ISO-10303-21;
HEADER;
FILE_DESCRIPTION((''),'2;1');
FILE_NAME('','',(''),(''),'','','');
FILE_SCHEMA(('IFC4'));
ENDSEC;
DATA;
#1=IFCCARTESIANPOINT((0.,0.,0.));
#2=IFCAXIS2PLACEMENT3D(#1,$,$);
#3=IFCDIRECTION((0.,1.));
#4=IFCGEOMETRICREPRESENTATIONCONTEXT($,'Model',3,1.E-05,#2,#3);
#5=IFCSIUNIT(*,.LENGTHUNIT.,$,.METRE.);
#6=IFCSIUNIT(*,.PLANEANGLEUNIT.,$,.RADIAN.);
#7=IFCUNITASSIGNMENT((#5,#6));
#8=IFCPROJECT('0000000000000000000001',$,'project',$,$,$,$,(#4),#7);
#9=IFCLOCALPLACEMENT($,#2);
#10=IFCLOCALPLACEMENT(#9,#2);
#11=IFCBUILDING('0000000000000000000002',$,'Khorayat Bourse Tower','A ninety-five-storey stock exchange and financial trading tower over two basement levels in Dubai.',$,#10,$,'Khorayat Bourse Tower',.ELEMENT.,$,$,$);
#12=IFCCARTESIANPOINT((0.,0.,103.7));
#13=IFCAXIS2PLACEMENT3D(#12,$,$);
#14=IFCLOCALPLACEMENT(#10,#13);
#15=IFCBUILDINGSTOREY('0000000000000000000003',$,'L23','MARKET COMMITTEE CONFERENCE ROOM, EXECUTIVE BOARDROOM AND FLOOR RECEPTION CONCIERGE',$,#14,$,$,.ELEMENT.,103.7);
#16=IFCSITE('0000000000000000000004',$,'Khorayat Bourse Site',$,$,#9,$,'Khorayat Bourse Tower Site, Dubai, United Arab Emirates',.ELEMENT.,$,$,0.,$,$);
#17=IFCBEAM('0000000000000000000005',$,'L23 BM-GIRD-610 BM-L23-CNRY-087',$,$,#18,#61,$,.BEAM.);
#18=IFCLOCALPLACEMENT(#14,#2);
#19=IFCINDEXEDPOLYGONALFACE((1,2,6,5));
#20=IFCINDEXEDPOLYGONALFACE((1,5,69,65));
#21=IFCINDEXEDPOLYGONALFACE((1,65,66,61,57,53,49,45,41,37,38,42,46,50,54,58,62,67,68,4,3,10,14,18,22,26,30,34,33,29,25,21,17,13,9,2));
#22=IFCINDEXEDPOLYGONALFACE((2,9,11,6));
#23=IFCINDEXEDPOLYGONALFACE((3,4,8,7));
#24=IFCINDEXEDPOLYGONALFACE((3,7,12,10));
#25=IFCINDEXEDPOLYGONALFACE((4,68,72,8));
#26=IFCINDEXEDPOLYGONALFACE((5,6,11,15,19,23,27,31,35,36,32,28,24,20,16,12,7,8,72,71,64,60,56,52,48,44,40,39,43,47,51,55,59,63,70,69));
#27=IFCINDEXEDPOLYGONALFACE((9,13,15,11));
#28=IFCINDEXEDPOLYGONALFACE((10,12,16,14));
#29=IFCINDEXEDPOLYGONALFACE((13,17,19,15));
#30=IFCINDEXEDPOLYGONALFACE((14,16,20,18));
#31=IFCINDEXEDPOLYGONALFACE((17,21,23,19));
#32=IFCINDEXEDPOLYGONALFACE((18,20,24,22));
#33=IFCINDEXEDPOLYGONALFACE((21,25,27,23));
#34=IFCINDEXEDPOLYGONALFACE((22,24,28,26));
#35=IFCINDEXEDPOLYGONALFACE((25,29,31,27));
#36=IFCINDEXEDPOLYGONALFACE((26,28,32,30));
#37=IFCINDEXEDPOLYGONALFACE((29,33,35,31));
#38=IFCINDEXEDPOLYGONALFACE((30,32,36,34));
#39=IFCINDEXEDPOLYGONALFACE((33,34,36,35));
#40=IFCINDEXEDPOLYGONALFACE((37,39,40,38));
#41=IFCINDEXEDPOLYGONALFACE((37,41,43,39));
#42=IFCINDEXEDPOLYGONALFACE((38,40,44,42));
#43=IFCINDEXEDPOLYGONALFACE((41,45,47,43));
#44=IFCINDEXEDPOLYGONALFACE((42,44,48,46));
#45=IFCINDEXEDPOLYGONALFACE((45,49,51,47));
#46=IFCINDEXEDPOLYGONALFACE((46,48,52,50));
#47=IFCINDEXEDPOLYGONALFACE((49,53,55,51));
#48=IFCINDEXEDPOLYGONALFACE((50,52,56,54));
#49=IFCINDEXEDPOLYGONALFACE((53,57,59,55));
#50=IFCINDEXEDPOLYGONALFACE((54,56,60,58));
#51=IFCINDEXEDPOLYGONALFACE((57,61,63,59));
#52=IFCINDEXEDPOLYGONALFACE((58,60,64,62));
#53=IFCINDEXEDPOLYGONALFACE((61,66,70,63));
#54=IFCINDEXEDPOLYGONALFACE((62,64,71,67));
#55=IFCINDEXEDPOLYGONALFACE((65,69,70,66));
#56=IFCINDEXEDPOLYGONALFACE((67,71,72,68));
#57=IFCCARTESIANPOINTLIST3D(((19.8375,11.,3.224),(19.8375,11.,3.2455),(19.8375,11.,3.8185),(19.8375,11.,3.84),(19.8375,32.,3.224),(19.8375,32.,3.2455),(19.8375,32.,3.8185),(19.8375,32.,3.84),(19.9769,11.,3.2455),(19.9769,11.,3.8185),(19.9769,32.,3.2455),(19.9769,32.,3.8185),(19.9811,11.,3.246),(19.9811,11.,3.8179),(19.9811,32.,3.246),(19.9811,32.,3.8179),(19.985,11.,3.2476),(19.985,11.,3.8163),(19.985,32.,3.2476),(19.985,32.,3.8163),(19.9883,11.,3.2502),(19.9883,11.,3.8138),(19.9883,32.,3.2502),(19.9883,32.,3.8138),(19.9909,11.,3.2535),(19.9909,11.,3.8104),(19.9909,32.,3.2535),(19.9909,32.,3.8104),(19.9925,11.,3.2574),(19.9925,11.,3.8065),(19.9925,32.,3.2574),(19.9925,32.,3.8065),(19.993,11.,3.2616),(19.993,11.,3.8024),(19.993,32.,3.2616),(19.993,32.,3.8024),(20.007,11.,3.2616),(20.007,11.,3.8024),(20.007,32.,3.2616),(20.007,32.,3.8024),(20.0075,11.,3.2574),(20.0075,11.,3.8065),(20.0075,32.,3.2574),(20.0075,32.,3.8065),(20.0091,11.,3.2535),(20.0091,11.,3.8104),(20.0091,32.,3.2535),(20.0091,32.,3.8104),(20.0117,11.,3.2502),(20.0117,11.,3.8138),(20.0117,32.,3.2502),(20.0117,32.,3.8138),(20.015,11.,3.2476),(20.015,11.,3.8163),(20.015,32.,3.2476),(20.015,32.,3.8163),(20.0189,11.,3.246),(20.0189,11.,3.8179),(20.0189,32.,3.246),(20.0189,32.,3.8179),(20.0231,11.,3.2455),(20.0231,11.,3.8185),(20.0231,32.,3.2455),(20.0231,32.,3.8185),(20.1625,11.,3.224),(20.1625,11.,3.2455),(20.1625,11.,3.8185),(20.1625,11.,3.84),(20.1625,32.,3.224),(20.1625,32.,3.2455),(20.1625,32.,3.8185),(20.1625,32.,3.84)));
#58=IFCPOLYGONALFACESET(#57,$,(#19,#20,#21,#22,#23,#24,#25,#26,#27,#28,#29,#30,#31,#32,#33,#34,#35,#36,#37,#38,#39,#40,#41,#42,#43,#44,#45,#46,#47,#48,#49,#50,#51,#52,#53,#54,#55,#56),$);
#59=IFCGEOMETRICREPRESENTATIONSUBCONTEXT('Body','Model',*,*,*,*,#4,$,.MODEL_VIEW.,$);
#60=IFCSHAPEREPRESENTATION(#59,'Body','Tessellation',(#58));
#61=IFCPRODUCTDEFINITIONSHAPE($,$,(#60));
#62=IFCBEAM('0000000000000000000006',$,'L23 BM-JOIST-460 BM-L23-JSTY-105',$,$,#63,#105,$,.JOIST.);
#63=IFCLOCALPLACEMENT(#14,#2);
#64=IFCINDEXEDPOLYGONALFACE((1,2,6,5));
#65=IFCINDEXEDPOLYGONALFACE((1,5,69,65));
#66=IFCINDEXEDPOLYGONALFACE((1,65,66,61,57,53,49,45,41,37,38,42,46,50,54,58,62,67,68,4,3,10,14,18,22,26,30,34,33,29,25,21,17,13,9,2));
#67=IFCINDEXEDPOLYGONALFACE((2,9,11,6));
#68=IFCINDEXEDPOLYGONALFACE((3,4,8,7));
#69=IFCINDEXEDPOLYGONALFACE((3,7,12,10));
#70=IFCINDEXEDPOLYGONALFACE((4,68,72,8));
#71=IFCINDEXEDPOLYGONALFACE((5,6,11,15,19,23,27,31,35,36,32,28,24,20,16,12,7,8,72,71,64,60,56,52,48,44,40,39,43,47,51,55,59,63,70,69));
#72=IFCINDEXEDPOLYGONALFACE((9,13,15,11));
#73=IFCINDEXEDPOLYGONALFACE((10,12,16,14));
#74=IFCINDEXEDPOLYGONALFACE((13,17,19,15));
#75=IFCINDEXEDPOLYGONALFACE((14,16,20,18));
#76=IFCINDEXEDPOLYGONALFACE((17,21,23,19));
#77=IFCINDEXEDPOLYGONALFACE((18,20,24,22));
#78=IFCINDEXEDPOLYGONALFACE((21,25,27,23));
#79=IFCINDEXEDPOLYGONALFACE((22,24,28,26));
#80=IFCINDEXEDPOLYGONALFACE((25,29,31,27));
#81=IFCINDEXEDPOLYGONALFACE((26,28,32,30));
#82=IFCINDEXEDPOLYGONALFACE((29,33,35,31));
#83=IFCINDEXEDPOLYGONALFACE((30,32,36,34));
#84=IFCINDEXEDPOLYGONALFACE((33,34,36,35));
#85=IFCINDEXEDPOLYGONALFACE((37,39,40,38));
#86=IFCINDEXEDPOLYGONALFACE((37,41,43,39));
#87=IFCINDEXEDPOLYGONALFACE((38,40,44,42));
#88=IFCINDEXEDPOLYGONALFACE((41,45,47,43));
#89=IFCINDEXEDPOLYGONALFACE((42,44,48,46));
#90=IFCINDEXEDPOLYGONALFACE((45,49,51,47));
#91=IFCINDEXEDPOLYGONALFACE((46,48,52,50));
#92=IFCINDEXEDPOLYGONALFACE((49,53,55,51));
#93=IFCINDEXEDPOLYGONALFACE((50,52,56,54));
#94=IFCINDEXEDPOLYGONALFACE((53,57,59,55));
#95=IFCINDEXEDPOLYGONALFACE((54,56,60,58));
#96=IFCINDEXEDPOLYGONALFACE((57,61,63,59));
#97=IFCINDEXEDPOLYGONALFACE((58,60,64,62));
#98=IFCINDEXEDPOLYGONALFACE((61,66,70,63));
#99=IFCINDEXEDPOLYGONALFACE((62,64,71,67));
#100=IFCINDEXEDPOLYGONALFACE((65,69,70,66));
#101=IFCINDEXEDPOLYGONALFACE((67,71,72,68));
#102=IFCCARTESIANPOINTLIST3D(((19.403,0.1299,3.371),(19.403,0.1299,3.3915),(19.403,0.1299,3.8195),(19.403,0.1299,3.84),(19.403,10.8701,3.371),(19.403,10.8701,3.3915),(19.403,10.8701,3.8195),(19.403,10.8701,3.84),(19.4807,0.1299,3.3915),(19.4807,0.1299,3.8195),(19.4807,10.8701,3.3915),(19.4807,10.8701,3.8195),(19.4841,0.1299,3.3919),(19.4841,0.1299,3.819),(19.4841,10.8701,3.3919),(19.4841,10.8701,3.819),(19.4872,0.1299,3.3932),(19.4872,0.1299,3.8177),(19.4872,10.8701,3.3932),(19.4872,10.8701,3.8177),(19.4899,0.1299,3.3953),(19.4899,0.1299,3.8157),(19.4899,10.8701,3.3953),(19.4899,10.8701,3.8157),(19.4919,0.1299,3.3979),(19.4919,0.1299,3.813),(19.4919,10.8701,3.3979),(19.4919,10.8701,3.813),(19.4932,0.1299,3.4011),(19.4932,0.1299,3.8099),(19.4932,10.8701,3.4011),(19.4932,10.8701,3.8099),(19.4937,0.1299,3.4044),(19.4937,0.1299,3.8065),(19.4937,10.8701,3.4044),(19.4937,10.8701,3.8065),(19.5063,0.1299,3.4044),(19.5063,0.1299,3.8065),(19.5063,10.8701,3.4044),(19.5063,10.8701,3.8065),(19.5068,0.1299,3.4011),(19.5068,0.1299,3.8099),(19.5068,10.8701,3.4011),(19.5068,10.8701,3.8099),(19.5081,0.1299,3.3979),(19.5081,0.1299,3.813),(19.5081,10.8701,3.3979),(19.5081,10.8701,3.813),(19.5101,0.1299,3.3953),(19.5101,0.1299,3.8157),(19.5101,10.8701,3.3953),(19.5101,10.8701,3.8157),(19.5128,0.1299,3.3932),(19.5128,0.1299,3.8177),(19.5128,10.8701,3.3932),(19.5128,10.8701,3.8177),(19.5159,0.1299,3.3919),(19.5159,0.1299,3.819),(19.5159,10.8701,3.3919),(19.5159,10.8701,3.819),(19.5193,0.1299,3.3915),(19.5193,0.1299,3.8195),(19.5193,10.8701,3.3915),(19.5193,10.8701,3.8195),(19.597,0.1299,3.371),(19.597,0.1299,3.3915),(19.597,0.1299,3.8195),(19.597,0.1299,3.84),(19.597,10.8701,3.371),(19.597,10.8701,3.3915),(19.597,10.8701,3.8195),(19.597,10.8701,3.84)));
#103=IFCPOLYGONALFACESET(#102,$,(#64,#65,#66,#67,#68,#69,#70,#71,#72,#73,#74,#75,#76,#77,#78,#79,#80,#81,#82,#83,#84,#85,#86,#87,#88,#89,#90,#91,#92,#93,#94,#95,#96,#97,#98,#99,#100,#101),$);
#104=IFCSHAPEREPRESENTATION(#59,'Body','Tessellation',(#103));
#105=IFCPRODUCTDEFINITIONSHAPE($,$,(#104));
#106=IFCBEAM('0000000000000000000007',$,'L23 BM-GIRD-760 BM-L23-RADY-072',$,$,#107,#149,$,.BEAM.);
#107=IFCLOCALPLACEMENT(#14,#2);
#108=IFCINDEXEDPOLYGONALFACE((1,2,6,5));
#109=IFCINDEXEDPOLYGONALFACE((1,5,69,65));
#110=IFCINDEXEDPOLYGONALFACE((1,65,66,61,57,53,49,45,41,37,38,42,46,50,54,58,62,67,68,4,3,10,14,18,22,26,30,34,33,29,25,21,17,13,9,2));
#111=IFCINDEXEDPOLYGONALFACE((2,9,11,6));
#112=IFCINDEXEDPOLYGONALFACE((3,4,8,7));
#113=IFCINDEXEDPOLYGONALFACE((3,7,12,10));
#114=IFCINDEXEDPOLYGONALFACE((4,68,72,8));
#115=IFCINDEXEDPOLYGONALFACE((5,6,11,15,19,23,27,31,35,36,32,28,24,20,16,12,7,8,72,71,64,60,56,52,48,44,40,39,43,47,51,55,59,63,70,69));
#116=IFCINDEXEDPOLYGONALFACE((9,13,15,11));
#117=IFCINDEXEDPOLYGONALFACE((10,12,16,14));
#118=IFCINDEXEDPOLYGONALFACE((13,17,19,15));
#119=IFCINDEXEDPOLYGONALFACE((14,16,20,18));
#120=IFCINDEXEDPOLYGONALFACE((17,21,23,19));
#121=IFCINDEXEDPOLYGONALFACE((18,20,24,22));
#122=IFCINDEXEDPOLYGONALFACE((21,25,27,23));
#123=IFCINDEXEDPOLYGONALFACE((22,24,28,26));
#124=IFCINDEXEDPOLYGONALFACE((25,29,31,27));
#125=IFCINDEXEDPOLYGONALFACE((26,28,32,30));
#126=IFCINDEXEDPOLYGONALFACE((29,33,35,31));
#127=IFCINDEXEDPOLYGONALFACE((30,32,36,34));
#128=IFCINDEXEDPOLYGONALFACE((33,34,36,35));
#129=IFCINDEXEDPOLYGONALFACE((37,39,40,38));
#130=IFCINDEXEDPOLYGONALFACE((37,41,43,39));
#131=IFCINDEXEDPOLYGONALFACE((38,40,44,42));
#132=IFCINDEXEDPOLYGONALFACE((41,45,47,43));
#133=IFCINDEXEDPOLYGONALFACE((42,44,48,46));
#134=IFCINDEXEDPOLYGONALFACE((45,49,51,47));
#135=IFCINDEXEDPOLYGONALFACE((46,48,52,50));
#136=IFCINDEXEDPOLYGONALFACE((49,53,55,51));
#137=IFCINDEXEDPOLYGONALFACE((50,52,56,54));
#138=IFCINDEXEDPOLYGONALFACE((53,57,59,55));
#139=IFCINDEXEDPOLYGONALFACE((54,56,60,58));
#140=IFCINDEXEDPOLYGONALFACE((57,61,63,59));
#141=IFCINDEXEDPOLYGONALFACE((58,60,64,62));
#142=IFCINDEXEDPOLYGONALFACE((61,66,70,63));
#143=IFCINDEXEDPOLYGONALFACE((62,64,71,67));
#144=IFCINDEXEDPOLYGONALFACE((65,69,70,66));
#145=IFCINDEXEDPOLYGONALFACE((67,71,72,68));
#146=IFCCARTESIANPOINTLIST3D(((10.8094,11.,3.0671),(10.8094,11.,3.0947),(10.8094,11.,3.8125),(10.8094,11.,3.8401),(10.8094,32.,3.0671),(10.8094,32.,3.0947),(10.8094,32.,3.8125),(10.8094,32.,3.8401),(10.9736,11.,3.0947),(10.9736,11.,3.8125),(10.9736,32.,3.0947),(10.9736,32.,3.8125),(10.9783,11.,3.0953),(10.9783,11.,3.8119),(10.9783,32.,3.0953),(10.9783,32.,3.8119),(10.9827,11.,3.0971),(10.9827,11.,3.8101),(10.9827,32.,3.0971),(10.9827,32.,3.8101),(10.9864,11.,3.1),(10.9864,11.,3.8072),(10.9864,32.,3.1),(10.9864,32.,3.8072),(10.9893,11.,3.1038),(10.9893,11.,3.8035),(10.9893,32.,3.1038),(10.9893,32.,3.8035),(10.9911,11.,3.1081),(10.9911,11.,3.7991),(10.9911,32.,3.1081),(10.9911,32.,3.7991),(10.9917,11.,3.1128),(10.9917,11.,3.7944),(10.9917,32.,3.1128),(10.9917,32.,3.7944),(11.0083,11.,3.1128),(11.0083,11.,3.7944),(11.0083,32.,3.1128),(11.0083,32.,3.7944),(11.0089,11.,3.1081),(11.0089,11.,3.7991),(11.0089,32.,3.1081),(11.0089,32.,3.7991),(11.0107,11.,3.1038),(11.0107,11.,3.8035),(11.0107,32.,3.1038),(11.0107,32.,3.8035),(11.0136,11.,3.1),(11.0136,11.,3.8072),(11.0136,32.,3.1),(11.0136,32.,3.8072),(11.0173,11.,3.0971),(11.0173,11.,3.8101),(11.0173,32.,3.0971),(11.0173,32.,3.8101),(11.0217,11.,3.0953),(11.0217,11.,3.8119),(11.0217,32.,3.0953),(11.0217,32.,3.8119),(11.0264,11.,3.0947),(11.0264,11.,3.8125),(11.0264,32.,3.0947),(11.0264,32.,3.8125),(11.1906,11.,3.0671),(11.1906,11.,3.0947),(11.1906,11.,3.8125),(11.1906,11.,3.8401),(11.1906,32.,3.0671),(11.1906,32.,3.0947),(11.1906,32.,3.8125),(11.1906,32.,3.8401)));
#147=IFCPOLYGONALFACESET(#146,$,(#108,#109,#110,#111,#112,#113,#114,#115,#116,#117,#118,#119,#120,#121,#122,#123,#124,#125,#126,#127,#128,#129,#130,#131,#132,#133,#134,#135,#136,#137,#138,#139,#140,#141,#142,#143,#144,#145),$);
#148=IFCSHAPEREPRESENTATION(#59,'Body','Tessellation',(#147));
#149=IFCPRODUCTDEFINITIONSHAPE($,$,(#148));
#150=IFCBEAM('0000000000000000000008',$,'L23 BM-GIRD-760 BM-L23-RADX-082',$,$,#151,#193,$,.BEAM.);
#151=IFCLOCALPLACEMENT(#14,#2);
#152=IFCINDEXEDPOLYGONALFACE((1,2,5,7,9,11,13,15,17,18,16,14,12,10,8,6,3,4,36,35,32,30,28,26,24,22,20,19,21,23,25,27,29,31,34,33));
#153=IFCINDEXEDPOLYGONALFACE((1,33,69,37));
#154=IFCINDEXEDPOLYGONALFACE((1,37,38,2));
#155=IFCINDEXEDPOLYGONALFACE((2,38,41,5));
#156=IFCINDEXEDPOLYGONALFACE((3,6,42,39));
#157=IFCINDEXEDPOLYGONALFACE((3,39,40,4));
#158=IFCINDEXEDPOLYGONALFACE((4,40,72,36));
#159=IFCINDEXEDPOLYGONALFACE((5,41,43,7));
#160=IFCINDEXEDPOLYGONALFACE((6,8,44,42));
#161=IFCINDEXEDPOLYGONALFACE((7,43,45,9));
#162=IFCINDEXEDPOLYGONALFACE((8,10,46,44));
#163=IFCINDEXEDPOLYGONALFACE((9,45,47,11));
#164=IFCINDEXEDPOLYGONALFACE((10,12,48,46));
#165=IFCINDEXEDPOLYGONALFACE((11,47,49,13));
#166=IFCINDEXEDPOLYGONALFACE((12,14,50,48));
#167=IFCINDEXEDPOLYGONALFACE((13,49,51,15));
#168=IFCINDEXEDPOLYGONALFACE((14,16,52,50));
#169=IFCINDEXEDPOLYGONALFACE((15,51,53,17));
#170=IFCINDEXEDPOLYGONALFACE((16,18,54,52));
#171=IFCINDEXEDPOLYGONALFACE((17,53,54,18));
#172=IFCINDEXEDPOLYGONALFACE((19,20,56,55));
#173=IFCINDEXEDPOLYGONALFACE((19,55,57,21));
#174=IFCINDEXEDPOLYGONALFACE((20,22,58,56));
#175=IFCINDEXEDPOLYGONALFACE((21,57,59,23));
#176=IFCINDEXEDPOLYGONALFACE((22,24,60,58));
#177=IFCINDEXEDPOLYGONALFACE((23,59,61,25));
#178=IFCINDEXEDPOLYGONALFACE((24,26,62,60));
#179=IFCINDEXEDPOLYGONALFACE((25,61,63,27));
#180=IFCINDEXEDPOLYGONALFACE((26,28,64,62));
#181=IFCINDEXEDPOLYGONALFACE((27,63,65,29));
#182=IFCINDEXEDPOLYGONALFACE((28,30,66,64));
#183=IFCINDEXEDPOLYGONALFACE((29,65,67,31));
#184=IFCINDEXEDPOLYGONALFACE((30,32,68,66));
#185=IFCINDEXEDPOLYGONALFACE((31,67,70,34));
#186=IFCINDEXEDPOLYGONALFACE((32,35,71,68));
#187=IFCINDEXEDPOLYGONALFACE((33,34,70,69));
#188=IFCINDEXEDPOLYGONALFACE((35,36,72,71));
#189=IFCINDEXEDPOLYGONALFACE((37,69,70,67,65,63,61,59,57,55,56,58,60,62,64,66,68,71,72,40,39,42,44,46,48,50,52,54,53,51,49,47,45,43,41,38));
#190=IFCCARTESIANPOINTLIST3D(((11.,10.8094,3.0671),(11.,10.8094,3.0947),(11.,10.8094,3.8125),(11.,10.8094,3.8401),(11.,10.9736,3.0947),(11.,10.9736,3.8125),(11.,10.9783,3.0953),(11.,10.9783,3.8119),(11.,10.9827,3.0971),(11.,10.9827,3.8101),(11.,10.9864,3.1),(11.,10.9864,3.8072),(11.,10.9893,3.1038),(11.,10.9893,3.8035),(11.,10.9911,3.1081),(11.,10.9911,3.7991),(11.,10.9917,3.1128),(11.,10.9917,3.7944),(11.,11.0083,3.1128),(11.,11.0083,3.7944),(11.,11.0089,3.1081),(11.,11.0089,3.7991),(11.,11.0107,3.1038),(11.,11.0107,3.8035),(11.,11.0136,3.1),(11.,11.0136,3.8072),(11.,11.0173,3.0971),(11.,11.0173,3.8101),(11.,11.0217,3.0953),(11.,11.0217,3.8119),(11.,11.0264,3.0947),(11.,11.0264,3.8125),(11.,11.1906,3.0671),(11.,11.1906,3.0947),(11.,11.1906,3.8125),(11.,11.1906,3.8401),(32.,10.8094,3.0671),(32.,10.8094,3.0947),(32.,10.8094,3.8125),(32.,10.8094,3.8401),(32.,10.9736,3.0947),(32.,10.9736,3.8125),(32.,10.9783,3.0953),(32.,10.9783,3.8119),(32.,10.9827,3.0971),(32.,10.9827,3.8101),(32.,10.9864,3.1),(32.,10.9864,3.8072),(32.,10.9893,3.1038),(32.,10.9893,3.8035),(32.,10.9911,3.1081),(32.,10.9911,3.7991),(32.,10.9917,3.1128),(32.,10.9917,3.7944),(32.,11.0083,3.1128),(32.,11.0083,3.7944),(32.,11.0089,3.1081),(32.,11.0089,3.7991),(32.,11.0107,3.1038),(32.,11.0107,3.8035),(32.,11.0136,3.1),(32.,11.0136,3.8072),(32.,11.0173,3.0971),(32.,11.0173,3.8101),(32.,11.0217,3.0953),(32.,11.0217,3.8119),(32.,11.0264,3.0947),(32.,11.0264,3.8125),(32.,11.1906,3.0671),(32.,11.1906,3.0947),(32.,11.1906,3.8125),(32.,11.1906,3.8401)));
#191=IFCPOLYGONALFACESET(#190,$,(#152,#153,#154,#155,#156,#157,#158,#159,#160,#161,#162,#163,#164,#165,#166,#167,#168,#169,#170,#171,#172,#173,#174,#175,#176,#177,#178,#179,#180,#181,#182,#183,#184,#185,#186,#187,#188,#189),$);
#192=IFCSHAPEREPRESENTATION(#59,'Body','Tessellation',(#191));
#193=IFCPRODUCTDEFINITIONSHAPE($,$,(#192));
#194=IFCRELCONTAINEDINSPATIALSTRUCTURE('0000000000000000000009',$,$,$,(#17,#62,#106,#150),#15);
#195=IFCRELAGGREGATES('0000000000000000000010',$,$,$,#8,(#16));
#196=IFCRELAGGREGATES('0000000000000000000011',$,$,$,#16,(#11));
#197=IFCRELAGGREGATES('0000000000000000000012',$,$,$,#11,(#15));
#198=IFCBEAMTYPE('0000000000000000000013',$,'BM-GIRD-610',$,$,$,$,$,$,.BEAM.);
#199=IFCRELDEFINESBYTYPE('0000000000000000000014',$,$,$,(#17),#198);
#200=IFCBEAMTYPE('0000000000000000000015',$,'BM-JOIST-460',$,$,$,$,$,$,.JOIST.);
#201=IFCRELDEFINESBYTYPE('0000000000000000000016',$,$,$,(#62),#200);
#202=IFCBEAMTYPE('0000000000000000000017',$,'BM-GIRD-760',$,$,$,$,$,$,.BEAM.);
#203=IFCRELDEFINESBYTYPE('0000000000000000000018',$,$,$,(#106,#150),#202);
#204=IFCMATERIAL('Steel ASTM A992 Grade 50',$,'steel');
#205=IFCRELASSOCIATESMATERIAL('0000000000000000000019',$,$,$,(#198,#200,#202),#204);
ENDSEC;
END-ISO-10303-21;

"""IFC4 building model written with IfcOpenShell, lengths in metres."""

from ifc_helpers import new_model, si_unit, direction, frame, origin, origin_2d, place, context, subcontext, project, spatial, i_section, extrude, source, transform, mapped, material, material_profile, profile_set, type_object, element, save


model = new_model("IFC4")

# Units and contexts
model_context = context("Model", 3, precision=1e-05, world=origin(), true_north=direction((0.0, 1.0)))
body_context = subcontext(model_context, "Body", "Model", "MODEL_VIEW")
ifc_project = project(units=[si_unit("LENGTHUNIT", "METRE"), si_unit("PLANEANGLEUNIT", "RADIAN")], contexts=[model_context])

# Site, building, storey
site_placement = place(None, origin())
site = spatial("IfcSite", under=ifc_project, at=site_placement, Name="Khorayat Bourse Site", LongName="Khorayat Bourse Tower Site, Dubai, United Arab Emirates", CompositionType="ELEMENT", RefElevation=0.0)
building_placement = place(site_placement, origin())
building = spatial("IfcBuilding", under=site, at=building_placement, Name="Khorayat Bourse Tower", Description="A ninety-five-storey stock exchange and financial trading tower over two basement levels in Dubai.", LongName="Khorayat Bourse Tower", CompositionType="ELEMENT")
storey_placement = place(building_placement, frame((0.0, 0.0, 103.7)))
storey = spatial("IfcBuildingStorey", under=building, at=storey_placement, Name="L23", Description="MARKET COMMITTEE CONFERENCE ROOM, EXECUTIVE BOARDROOM AND FLOOR RECEPTION CONCIERGE", CompositionType="ELEMENT", Elevation=103.7)

# Beams
ifc_material_1 = material(Name="Steel ASTM A992 Grade 50", Category="steel")
ifc_material_profile_1 = material_profile(ifc_material_1, i_section(OverallWidth=0.325, OverallDepth=0.616, WebThickness=0.0139, FlangeThickness=0.0215, FilletRadius=0.0161, at=origin_2d()), Name="W610X174")
ifc_profile_set_1 = profile_set([ifc_material_profile_1], Name="Steel ASTM A992 Grade 50")
beam_type_1 = type_object("IfcBeamType", Name="BM-GIRD-610", PredefinedType="BEAM", material=ifc_profile_set_1)
shared_shape_1 = source(origin(), body_context, "Body", "SweptSolid", [
    extrude(i_section(OverallWidth=0.325, OverallDepth=0.616, WebThickness=0.0139, FlangeThickness=0.0215, FilletRadius=0.0161, at=origin_2d()), origin(), (0.0, 0.0, 1.0), 21.0),
])
beam_1_placement = place(storey_placement, frame((20.0, 11.0, 3.532), z_axis=(0.0, 1.0, 0.0), x_axis=(-1.0, 0.0, 0.0)))
element("IfcBeam", 1, at=beam_1_placement, inside=storey, type_object=beam_type_1, Name="L23 BM-GIRD-610 BM-L23-CNRY-087", PredefinedType="BEAM", context=body_context, shape_type="MappedRepresentation", body=[
    mapped(shared_shape_1, transform((0.0, 0.0, 0.0), scale=1.0)),
])
ifc_material_profile_2 = material_profile(ifc_material_1, i_section(OverallWidth=0.1941, OverallDepth=0.469, WebThickness=0.0127, FlangeThickness=0.0205, FilletRadius=0.0129, at=origin_2d()), Name="W460X106")
ifc_profile_set_2 = profile_set([ifc_material_profile_2], Name="Steel ASTM A992 Grade 50")
beam_type_2 = type_object("IfcBeamType", Name="BM-JOIST-460", PredefinedType="JOIST", material=ifc_profile_set_2)
shared_shape_2 = source(origin(), body_context, "Body", "SweptSolid", [
    extrude(i_section(OverallWidth=0.1941, OverallDepth=0.469, WebThickness=0.0127, FlangeThickness=0.0205, FilletRadius=0.0129, at=origin_2d()), origin(), (0.0, 0.0, 1.0), 10.7402),
])
beam_2_placement = place(storey_placement, frame((19.5, 0.1299, 3.6055), z_axis=(0.0, 1.0, 0.0), x_axis=(-1.0, 0.0, 0.0)))
element("IfcBeam", 2, at=beam_2_placement, inside=storey, type_object=beam_type_2, Name="L23 BM-JOIST-460 BM-L23-JSTY-105", PredefinedType="JOIST", context=body_context, shape_type="MappedRepresentation", body=[
    mapped(shared_shape_2, transform((0.0, 0.0, 0.0), scale=1.0)),
])
ifc_material_profile_3 = material_profile(ifc_material_1, i_section(OverallWidth=0.3811, OverallDepth=0.7729, WebThickness=0.0166, FlangeThickness=0.0276, FilletRadius=0.0181, at=origin_2d()), Name="W760X257")
ifc_profile_set_3 = profile_set([ifc_material_profile_3], Name="Steel ASTM A992 Grade 50")
beam_type_3 = type_object("IfcBeamType", Name="BM-GIRD-760", PredefinedType="BEAM", material=ifc_profile_set_3)
shared_shape_3 = source(origin(), body_context, "Body", "SweptSolid", [
    extrude(i_section(OverallWidth=0.3811, OverallDepth=0.7729, WebThickness=0.0166, FlangeThickness=0.0276, FilletRadius=0.0181, at=origin_2d()), origin(), (0.0, 0.0, 1.0), 21.0),
])
for number, where, z_axis, x_axis, name in (
    (3, (11.0, 11.0, 3.4536), (0.0, 1.0, 0.0), (-1.0, 0.0, 0.0), "L23 BM-GIRD-760 BM-L23-RADY-072"),
    (4, (11.0, 11.0, 3.4536), (1.0, 0.0, 0.0), (0.0, 1.0, 0.0), "L23 BM-GIRD-760 BM-L23-RADX-082"),
):
    element("IfcBeam", number, at=place(storey_placement, frame(where, z_axis=z_axis, x_axis=x_axis)), inside=storey, type_object=beam_type_3, Name=name, PredefinedType="BEAM", context=body_context, shape_type="MappedRepresentation", body=[
        mapped(shared_shape_3, transform((0.0, 0.0, 0.0), scale=1.0)),
    ])

save(model, "model.ifc")
